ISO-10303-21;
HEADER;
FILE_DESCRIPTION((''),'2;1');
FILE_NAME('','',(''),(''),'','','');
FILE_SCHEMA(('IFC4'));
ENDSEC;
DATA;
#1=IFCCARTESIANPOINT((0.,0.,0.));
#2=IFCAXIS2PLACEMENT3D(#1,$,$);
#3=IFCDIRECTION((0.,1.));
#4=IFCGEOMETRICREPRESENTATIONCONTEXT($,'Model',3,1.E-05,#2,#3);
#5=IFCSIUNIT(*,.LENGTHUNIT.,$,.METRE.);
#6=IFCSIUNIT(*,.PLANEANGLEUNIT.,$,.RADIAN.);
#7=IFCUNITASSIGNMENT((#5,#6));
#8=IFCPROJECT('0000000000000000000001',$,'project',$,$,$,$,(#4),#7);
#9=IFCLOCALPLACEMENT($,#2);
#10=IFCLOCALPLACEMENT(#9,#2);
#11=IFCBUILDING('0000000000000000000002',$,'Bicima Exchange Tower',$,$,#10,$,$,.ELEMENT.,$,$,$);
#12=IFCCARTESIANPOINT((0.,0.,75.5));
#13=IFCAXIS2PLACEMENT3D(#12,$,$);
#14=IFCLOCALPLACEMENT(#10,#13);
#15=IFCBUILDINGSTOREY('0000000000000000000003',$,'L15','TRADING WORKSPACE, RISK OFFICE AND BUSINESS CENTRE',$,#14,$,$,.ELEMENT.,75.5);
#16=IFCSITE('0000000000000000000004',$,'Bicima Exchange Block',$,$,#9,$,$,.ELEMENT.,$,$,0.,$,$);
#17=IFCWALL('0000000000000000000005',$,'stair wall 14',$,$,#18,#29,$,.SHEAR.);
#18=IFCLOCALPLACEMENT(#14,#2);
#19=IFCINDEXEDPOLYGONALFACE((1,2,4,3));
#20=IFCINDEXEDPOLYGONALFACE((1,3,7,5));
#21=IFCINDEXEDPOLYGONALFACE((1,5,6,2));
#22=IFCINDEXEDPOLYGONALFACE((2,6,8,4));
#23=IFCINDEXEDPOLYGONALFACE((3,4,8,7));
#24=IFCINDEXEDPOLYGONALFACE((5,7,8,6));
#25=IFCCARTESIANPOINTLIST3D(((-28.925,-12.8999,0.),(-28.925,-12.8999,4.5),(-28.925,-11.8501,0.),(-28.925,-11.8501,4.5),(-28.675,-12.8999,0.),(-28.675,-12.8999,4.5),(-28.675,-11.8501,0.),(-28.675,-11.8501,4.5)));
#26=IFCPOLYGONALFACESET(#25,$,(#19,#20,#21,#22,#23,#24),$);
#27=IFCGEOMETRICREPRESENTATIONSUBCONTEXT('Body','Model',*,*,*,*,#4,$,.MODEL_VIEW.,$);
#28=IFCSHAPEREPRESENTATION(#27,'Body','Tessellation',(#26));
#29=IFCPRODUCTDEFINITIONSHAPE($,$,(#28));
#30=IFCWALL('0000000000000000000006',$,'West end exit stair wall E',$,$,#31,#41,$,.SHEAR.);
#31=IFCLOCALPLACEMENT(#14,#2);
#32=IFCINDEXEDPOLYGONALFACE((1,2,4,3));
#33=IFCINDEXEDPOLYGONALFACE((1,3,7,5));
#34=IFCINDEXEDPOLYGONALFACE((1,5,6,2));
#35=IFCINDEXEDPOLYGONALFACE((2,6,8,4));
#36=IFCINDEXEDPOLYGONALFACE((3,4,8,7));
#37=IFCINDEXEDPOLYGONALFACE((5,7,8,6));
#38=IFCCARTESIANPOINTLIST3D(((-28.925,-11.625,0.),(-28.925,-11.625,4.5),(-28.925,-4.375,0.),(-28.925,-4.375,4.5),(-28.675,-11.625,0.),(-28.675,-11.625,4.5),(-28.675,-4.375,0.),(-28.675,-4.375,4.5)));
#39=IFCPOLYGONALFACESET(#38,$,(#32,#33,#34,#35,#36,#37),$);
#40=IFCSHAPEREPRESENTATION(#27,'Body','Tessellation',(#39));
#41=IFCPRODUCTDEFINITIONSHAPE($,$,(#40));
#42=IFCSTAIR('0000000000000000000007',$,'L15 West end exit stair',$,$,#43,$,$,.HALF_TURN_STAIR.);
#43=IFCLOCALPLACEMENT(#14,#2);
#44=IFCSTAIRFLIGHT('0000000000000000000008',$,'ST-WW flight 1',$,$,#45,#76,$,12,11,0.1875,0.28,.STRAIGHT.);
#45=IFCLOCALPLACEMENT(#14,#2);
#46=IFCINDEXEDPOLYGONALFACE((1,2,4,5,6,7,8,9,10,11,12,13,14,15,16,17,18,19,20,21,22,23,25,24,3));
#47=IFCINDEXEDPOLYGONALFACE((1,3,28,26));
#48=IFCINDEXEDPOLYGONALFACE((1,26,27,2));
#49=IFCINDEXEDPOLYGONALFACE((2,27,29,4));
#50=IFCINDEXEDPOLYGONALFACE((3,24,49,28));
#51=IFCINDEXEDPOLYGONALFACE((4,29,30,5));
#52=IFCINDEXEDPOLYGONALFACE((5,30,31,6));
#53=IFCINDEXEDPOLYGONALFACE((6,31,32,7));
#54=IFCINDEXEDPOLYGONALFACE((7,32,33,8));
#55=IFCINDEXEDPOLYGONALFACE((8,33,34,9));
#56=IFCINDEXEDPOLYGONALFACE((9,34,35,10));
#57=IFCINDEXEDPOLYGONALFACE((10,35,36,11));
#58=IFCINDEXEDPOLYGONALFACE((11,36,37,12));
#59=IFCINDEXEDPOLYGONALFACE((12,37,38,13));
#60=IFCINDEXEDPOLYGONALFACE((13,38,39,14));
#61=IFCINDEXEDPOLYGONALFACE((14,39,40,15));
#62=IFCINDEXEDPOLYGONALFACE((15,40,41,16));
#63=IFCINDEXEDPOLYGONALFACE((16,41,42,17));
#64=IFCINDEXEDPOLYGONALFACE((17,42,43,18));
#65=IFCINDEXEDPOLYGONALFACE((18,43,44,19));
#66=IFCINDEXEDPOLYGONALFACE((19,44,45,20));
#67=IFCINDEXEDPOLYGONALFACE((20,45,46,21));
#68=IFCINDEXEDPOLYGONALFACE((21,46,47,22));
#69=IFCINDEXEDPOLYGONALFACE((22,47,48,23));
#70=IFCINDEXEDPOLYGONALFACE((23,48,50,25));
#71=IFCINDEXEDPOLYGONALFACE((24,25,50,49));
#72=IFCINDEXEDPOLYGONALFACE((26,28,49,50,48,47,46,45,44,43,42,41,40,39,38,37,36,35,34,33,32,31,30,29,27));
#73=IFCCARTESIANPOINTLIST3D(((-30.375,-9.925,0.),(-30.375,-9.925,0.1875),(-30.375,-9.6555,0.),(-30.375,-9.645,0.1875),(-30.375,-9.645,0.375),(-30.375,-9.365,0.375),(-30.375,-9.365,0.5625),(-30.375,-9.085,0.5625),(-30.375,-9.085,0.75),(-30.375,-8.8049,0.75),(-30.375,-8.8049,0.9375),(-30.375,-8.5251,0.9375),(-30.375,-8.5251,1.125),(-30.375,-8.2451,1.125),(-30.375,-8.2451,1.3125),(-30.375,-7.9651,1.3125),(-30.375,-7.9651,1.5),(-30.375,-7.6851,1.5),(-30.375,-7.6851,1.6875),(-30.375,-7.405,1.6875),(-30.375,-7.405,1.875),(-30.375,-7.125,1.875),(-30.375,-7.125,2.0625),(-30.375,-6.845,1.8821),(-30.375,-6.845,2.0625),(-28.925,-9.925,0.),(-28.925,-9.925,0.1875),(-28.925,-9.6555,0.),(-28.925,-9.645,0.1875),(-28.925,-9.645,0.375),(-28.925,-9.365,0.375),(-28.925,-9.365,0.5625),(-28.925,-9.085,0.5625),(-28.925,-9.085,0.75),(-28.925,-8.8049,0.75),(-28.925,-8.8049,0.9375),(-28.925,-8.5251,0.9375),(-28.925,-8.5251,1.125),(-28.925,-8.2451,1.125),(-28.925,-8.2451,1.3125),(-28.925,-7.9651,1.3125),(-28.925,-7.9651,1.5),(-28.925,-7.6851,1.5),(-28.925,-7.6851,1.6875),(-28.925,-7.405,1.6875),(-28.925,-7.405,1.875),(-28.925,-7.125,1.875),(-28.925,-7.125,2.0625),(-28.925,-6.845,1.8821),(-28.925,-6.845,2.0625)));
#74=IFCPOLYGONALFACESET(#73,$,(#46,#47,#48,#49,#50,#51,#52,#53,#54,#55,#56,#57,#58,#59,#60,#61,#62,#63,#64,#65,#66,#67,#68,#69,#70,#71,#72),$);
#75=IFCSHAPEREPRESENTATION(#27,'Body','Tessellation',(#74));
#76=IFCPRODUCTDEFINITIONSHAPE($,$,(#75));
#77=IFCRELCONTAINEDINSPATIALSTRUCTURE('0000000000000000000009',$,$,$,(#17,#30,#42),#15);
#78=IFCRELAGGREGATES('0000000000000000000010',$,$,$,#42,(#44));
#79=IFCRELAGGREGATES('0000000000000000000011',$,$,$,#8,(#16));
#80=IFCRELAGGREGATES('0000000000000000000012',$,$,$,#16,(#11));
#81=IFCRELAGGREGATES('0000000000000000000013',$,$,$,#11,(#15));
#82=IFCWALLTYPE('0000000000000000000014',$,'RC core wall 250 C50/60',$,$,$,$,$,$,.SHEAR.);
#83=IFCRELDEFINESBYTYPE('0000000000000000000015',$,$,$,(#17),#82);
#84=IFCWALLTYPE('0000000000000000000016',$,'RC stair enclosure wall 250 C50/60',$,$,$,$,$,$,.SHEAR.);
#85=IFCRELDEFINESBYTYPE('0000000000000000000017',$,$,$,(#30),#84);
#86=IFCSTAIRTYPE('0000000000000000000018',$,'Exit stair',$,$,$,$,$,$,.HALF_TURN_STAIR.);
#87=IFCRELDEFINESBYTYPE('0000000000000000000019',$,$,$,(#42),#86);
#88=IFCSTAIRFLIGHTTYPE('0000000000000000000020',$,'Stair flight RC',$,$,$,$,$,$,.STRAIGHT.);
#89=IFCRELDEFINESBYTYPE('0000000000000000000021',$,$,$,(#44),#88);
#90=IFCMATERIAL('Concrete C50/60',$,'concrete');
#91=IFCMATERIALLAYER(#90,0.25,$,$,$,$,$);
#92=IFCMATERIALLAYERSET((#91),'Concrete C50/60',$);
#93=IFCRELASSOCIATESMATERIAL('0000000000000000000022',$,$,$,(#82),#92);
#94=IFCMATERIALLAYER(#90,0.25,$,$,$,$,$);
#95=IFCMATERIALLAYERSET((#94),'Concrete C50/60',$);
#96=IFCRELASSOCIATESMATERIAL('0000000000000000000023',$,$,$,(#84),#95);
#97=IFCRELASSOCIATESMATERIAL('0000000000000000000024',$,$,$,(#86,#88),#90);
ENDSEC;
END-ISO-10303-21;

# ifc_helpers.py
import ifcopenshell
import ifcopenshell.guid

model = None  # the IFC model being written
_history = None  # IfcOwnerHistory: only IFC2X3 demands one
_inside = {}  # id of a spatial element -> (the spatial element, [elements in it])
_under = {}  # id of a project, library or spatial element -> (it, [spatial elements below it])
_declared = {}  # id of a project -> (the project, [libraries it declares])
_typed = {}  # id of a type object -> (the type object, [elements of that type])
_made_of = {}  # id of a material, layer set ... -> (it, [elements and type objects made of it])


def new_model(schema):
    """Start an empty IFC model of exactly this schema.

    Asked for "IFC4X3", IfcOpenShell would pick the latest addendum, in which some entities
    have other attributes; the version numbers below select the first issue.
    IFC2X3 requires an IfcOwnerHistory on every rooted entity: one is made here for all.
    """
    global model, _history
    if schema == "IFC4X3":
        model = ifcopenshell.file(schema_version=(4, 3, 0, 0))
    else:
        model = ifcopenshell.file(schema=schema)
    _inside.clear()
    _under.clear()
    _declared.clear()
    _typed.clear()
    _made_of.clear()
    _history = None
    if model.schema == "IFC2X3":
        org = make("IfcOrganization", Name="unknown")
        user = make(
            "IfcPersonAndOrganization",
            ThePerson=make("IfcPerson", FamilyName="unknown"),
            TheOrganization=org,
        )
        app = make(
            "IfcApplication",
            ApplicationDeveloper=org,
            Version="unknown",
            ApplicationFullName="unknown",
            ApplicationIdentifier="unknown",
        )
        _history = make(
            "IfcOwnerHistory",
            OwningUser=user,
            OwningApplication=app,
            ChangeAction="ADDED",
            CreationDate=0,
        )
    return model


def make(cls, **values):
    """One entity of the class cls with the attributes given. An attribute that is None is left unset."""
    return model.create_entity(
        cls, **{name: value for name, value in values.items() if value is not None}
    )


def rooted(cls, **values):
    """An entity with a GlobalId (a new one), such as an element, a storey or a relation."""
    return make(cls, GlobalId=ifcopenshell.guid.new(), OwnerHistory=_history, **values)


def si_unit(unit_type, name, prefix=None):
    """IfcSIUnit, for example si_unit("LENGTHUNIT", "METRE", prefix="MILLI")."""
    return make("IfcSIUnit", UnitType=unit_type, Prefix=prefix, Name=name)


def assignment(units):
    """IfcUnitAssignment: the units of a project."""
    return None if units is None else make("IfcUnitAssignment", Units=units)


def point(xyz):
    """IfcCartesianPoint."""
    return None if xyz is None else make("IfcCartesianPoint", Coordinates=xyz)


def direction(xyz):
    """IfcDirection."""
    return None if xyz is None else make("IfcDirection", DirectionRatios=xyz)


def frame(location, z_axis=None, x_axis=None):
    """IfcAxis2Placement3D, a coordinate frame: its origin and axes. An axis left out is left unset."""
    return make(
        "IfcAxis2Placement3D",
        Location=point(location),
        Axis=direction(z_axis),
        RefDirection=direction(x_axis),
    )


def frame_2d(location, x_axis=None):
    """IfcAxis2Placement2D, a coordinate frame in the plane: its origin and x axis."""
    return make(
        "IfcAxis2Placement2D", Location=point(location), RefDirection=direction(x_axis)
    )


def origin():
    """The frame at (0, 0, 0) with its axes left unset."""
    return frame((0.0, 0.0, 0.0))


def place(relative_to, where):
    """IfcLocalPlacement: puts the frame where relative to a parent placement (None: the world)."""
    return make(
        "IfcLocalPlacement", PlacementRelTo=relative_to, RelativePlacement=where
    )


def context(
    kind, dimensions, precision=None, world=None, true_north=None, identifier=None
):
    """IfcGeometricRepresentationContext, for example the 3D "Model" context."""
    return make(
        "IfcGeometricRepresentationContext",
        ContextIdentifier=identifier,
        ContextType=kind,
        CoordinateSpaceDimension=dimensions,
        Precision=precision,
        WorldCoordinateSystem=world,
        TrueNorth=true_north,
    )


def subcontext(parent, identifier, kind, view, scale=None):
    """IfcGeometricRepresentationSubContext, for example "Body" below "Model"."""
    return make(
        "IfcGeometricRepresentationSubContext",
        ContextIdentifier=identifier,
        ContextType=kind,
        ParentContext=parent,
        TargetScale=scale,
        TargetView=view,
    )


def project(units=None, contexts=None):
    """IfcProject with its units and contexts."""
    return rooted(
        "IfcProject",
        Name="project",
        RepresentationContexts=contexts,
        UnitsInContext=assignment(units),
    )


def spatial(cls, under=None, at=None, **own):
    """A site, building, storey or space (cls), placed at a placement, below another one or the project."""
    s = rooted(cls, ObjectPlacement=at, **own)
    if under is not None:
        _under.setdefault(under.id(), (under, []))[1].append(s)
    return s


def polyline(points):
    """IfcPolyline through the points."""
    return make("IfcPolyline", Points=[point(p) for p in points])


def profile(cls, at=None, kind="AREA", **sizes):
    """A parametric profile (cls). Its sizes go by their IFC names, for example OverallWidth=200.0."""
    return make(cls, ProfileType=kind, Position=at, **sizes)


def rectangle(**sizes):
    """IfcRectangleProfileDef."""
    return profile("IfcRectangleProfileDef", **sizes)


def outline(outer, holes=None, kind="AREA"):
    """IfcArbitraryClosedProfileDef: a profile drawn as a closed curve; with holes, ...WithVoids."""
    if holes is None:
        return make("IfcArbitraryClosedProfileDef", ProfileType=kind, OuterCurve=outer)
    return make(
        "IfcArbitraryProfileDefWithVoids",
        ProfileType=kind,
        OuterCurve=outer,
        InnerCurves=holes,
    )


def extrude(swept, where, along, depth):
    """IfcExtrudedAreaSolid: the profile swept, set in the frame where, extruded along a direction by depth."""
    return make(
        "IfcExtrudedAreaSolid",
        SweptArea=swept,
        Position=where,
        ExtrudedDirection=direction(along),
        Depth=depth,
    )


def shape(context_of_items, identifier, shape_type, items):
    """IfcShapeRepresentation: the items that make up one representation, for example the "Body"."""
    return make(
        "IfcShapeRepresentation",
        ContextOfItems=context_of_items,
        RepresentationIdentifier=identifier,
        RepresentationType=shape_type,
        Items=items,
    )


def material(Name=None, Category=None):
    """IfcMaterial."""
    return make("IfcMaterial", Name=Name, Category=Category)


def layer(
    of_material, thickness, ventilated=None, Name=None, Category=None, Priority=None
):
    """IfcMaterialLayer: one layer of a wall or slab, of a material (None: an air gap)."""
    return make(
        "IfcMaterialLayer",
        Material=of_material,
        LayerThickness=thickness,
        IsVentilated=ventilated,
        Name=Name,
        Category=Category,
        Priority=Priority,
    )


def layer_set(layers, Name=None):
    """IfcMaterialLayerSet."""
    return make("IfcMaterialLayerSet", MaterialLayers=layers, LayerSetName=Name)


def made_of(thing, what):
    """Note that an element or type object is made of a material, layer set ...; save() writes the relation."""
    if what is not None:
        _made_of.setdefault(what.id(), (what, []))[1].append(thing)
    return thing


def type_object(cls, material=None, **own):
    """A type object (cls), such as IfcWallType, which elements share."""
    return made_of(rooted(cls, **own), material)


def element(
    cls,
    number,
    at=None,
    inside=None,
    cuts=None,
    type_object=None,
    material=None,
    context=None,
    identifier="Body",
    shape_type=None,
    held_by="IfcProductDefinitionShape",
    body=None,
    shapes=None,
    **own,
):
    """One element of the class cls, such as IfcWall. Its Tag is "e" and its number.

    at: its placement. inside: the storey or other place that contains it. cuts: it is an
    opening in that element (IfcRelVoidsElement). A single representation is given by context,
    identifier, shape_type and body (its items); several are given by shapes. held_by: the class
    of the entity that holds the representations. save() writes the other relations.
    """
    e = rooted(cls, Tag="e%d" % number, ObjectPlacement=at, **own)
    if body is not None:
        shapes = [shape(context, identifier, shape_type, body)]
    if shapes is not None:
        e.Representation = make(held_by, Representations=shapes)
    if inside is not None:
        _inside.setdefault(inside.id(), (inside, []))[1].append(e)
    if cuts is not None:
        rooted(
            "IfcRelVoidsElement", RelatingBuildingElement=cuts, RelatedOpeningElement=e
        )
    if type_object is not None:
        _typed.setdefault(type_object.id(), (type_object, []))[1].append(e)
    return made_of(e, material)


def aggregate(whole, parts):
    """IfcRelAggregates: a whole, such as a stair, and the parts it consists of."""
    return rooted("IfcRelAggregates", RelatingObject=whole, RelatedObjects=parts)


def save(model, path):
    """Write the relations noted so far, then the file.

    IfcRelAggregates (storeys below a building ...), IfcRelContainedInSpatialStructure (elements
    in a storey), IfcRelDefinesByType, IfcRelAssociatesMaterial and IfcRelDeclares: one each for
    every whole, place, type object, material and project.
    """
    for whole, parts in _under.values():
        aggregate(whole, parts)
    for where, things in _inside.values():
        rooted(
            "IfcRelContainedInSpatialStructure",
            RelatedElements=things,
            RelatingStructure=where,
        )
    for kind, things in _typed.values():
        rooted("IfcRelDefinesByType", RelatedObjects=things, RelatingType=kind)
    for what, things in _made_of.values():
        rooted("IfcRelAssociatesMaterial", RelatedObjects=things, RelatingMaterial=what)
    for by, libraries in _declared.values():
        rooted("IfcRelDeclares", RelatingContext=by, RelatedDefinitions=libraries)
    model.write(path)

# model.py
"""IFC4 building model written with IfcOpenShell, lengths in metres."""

from ifc_helpers import new_model, si_unit, direction, frame, frame_2d, origin, place, context, subcontext, project, spatial, polyline, rectangle, outline, extrude, material, layer, layer_set, type_object, element, aggregate, save


model = new_model("IFC4")

# Units and contexts
model_context = context("Model", 3, precision=1e-05, world=origin(), true_north=direction((0.0, 1.0)))
body_context = subcontext(model_context, "Body", "Model", "MODEL_VIEW")
ifc_project = project(units=[si_unit("LENGTHUNIT", "METRE"), si_unit("PLANEANGLEUNIT", "RADIAN")], contexts=[model_context])

# Site, building, storey
site_placement = place(None, origin())
site = spatial("IfcSite", under=ifc_project, at=site_placement, Name="Bicima Exchange Block", CompositionType="ELEMENT", RefElevation=0.0)
building_placement = place(site_placement, origin())
building = spatial("IfcBuilding", under=site, at=building_placement, Name="Bicima Exchange Tower", CompositionType="ELEMENT")
storey_placement = place(building_placement, frame((0.0, 0.0, 75.5)))
storey = spatial("IfcBuildingStorey", under=building, at=storey_placement, Name="L15", Description="TRADING WORKSPACE, RISK OFFICE AND BUSINESS CENTRE", CompositionType="ELEMENT", Elevation=75.5)

# Walls
ifc_material_1 = material(Name="Concrete C50/60", Category="concrete")
ifc_layer_1 = layer(ifc_material_1, 0.25)
ifc_layer_set_1 = layer_set([ifc_layer_1], Name="Concrete C50/60")
wall_type_1 = type_object("IfcWallType", Name="RC core wall 250 C50/60", PredefinedType="SHEAR", material=ifc_layer_set_1)
wall_1_placement = place(storey_placement, frame((-28.8, -12.8999, 0.0), z_axis=(0.0, 0.0, 1.0), x_axis=(0.0, 1.0, 0.0)))
element("IfcWall", 1, at=wall_1_placement, inside=storey, type_object=wall_type_1, Name="stair wall 14", PredefinedType="SHEAR", context=body_context, shape_type="SweptSolid", body=[
    extrude(rectangle(XDim=1.0498, YDim=0.25, at=frame_2d((0.5249, 0.0))), origin(), (0.0, 0.0, 1.0), 4.5),
])
ifc_layer_2 = layer(ifc_material_1, 0.25)
ifc_layer_set_2 = layer_set([ifc_layer_2], Name="Concrete C50/60")
wall_type_2 = type_object("IfcWallType", Name="RC stair enclosure wall 250 C50/60", PredefinedType="SHEAR", material=ifc_layer_set_2)
wall_2_placement = place(storey_placement, frame((-28.8, -11.625, 0.0), z_axis=(0.0, 0.0, 1.0), x_axis=(0.0, 1.0, 0.0)))
element("IfcWall", 2, at=wall_2_placement, inside=storey, type_object=wall_type_2, Name="West end exit stair wall E", PredefinedType="SHEAR", context=body_context, shape_type="SweptSolid", body=[
    extrude(rectangle(XDim=7.25, YDim=0.25, at=frame_2d((3.625, 0.0))), origin(), (0.0, 0.0, 1.0), 4.5),
])

# Stair, stair flight
stair_type = type_object("IfcStairType", Name="Exit stair", PredefinedType="HALF_TURN_STAIR", material=ifc_material_1)
stair_placement = place(storey_placement, origin())
stair = element("IfcStair", 3, at=stair_placement, inside=storey, type_object=stair_type, Name="L15 West end exit stair", PredefinedType="HALF_TURN_STAIR")
stair_flight_type = type_object("IfcStairFlightType", Name="Stair flight RC", PredefinedType="STRAIGHT", material=ifc_material_1)
stair_flight_placement = place(storey_placement, frame((-29.6499, -9.925, 0.0), z_axis=(0.0, 0.0, 1.0), x_axis=(0.0, 1.0, 0.0)))
stair_flight = element("IfcStairFlight", 4, at=stair_flight_placement, type_object=stair_flight_type, Name="ST-WW flight 1", NumberOfRisers=12, NumberOfTreads=11, PredefinedType="STRAIGHT", RiserHeight=0.1875, TreadLength=0.28, context=body_context, shape_type="SweptSolid", body=[
    extrude(outline(polyline([(0.0, 0.0), (0.0, 0.1875), (0.28, 0.1875), (0.28, 0.375), (0.5601, 0.375), (0.5601, 0.5625), (0.8401, 0.5625), (0.8401, 0.75), (1.1201, 0.75), (1.1201, 0.9375), (1.3999, 0.9375), (1.3999, 1.125), (1.6799, 1.125), (1.6799, 1.3125), (1.96, 1.3125), (1.96, 1.5), (2.24, 1.5), (2.24, 1.6875), (2.52, 1.6875), (2.52, 1.875), (2.8, 1.875), (2.8, 2.0625), (3.0801, 2.0625), (3.0801, 2.25), (3.0801, 1.8821), (0.2695, 0.0), (0.0, 0.0)])), frame((0.0, 0.7251, 0.0), z_axis=(0.0, -1.0, 0.0), x_axis=(1.0, 0.0, 0.0)), (0.0, 0.0, 1.0), 1.45),
])
aggregate(stair, [stair_flight])

save(model, "model.ifc")
